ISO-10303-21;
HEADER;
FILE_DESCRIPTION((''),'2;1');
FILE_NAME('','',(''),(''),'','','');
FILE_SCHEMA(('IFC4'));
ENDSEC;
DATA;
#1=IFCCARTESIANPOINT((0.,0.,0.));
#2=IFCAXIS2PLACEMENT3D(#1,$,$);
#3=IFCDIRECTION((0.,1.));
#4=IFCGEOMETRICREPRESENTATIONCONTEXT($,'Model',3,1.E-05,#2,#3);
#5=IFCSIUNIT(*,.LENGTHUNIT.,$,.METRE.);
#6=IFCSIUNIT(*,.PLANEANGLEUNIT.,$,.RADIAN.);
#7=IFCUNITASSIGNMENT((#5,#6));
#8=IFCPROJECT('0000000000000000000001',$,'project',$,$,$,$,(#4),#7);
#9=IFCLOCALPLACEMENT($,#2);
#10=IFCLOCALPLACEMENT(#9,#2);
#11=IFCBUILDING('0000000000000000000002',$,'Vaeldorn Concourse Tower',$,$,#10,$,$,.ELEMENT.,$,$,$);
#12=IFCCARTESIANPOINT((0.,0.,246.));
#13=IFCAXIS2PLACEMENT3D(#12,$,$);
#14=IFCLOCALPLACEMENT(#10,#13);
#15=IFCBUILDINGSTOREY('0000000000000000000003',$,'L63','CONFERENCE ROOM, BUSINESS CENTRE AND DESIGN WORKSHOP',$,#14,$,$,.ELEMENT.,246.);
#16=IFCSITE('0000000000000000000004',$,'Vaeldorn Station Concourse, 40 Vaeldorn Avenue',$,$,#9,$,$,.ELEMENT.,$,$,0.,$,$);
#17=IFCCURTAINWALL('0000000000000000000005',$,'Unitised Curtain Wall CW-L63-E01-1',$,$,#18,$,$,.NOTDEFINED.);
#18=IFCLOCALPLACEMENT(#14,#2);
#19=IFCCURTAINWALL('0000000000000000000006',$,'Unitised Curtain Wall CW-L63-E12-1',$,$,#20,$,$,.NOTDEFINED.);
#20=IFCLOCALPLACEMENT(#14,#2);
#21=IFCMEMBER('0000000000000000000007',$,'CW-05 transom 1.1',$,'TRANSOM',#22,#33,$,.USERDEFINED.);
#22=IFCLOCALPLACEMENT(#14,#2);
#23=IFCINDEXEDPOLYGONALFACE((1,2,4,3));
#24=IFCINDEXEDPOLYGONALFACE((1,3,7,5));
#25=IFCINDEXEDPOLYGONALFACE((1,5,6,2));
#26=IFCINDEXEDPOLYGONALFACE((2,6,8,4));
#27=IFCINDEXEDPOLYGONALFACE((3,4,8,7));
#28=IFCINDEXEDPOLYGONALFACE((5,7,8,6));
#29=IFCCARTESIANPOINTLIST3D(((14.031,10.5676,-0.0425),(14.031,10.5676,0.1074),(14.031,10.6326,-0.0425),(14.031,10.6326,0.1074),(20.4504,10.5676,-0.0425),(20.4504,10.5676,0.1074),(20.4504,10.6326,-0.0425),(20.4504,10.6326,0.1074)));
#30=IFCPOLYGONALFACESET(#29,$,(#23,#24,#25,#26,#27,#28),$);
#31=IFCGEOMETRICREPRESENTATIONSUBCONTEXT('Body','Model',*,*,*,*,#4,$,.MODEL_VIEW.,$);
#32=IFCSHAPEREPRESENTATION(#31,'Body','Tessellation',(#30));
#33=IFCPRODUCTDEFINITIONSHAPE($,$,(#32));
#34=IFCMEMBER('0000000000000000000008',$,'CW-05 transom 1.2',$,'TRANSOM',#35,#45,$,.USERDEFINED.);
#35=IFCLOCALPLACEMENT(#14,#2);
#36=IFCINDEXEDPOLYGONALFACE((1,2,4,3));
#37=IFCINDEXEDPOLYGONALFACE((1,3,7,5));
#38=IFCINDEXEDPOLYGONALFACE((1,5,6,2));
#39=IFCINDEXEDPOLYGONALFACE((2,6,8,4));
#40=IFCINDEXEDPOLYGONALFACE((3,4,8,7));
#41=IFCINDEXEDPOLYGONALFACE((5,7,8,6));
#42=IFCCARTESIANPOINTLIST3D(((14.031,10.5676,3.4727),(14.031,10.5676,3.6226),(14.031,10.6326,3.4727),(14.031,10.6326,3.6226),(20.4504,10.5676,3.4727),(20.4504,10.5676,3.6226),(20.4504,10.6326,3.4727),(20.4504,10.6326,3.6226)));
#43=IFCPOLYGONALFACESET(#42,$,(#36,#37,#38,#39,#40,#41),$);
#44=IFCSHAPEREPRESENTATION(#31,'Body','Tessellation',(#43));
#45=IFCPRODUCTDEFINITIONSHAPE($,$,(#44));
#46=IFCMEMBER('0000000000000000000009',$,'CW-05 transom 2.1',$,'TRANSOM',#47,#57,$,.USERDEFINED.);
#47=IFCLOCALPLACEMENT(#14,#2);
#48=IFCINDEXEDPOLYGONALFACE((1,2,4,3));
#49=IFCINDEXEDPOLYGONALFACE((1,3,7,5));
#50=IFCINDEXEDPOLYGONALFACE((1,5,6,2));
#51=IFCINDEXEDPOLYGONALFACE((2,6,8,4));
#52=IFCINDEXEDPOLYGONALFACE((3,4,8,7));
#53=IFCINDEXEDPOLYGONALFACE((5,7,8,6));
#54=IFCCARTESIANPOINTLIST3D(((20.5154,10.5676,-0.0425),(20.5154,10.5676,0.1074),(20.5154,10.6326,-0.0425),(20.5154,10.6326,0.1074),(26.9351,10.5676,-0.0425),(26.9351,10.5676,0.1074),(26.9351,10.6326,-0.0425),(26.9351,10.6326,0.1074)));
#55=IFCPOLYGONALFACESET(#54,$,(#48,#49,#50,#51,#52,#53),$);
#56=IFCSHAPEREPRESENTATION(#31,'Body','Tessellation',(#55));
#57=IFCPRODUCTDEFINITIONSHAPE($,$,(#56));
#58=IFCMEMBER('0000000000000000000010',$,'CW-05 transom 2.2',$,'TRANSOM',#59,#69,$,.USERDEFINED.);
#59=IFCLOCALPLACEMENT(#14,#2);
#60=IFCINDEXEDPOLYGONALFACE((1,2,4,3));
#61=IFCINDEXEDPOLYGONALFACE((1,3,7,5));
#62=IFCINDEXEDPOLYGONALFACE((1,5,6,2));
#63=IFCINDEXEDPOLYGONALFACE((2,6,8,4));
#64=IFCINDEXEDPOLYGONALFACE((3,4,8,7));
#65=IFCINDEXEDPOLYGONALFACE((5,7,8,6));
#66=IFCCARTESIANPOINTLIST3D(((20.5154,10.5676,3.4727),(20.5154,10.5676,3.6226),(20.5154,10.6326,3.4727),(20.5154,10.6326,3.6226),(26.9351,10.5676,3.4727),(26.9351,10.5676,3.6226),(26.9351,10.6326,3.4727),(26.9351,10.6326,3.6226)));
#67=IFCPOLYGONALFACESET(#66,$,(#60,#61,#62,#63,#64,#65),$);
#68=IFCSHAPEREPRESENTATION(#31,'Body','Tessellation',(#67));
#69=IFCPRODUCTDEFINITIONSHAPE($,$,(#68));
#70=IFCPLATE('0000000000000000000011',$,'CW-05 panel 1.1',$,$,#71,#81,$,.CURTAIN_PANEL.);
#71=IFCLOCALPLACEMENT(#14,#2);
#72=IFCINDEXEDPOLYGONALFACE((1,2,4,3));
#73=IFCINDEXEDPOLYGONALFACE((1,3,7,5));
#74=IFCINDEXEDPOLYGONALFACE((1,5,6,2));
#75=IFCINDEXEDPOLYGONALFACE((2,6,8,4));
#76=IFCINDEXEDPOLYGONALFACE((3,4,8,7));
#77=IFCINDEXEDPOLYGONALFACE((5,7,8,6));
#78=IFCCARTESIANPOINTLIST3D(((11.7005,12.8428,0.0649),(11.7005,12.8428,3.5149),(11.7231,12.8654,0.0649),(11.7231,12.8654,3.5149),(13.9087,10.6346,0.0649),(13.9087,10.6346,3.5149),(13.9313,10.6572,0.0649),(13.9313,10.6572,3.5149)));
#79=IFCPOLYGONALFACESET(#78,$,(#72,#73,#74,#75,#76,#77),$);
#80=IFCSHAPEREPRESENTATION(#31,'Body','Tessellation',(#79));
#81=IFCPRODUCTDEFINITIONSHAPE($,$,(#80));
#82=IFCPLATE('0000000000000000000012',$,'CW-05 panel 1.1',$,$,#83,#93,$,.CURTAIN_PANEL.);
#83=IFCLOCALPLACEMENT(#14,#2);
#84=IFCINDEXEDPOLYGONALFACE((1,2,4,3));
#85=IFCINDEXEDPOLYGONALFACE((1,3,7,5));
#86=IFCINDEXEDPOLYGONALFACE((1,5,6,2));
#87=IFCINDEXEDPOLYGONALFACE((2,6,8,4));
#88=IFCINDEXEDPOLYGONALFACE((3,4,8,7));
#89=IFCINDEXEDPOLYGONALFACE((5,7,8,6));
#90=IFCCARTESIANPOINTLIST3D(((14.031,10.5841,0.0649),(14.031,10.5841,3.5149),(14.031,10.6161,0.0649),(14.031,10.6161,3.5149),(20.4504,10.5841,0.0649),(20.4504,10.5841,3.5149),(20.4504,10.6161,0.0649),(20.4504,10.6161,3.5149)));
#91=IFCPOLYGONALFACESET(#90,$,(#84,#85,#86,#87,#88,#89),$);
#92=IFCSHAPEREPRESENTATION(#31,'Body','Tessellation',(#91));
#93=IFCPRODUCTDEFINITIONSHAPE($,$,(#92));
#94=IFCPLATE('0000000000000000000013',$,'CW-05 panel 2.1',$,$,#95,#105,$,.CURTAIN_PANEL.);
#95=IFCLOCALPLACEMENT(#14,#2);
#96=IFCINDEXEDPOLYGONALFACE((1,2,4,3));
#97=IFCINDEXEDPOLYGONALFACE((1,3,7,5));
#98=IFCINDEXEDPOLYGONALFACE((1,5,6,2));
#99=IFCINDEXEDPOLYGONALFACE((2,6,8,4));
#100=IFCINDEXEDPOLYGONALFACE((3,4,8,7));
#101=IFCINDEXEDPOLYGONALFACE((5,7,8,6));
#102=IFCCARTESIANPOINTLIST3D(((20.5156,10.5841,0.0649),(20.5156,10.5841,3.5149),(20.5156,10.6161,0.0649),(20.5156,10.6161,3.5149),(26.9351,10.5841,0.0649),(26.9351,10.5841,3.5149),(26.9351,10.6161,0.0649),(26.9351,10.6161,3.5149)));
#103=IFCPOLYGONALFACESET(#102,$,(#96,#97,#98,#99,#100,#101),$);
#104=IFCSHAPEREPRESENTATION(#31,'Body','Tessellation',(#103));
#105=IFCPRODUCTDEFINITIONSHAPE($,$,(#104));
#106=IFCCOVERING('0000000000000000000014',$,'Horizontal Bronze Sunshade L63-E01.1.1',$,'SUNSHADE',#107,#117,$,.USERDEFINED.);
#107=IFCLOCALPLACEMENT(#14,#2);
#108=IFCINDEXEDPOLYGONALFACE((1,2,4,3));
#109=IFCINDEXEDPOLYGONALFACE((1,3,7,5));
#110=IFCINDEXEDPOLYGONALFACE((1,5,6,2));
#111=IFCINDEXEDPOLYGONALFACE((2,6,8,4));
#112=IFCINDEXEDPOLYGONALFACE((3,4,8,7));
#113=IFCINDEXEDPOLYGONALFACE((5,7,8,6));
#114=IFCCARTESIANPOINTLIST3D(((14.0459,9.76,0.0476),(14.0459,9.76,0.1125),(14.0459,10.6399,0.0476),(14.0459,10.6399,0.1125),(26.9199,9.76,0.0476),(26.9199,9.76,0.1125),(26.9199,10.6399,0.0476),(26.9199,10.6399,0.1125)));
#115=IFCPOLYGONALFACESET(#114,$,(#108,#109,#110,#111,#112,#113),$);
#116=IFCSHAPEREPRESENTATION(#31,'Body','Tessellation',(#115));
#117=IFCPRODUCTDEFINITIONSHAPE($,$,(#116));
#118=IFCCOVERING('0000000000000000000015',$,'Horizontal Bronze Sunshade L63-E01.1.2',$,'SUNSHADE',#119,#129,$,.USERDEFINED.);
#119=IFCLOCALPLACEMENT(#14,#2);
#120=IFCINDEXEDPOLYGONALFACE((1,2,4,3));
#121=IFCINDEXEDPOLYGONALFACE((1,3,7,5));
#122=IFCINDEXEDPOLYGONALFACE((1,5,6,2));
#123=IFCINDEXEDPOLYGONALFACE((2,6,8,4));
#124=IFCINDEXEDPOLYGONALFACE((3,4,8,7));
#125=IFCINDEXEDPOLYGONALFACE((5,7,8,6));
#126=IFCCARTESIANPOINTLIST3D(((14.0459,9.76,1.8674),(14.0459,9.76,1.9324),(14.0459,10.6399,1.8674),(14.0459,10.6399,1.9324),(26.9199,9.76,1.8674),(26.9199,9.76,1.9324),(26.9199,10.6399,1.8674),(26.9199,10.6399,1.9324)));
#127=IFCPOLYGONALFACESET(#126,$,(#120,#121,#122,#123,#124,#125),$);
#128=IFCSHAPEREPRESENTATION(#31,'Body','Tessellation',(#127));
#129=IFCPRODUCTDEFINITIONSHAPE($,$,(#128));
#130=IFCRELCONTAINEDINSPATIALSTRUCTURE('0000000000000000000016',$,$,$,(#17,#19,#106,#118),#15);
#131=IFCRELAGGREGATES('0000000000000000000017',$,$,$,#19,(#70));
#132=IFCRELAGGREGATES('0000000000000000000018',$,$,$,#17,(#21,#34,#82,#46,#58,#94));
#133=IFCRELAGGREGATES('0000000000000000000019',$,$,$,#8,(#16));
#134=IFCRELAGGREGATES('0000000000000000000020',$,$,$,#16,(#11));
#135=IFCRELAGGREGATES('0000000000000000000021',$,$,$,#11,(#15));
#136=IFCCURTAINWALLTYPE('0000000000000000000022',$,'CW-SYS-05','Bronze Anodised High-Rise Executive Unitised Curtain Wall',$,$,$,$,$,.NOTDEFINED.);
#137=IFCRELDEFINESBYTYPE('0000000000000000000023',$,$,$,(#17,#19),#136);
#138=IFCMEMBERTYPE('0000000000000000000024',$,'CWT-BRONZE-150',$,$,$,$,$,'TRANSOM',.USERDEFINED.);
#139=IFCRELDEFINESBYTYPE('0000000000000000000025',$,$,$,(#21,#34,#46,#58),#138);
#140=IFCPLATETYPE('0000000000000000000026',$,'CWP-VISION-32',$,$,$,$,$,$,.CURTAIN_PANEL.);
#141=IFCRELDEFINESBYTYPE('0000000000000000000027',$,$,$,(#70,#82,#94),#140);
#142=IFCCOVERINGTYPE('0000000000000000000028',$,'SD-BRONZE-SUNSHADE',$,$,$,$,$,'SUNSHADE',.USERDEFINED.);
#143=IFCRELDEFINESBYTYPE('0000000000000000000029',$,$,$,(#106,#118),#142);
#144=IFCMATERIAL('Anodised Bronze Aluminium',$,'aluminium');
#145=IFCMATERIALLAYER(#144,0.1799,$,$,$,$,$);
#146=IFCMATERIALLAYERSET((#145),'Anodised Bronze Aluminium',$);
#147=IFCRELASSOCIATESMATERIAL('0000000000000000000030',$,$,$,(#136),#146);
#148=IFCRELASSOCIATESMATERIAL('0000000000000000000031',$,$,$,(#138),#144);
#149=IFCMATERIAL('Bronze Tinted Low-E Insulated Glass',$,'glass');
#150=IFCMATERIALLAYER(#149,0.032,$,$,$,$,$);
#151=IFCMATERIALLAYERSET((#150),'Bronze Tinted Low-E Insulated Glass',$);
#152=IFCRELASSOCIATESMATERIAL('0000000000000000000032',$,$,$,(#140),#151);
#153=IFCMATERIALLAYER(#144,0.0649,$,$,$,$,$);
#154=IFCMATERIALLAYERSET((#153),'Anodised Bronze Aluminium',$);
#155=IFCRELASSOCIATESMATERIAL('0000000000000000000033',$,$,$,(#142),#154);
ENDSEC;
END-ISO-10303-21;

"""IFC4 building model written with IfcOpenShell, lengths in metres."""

from ifc_helpers import new_model, si_unit, direction, frame, origin, origin_2d, place, context, subcontext, project, spatial, rectangle, extrude, source, transform, mapped, material, layer, layer_set, material_profile, profile_set, type_object, element, aggregate, save


model = new_model("IFC4")

# Units and contexts
model_context = context("Model", 3, precision=1e-05, world=origin(), true_north=direction((0.0, 1.0)))
body_context = subcontext(model_context, "Body", "Model", "MODEL_VIEW")
ifc_project = project(units=[si_unit("LENGTHUNIT", "METRE"), si_unit("PLANEANGLEUNIT", "RADIAN")], contexts=[model_context])

# Site, building, storey
site_placement = place(None, origin())
site = spatial("IfcSite", under=ifc_project, at=site_placement, Name="Vaeldorn Station Concourse, 40 Vaeldorn Avenue", CompositionType="ELEMENT", RefElevation=0.0)
building_placement = place(site_placement, origin())
building = spatial("IfcBuilding", under=site, at=building_placement, Name="Vaeldorn Concourse Tower", CompositionType="ELEMENT")
storey_placement = place(building_placement, frame((0.0, 0.0, 246.0)))
storey = spatial("IfcBuildingStorey", under=building, at=storey_placement, Name="L63", Description="CONFERENCE ROOM, BUSINESS CENTRE AND DESIGN WORKSHOP", CompositionType="ELEMENT", Elevation=246.0)

# Curtain wall
ifc_material_1 = material(Name="Anodised Bronze Aluminium", Category="aluminium")
ifc_layer_1 = layer(ifc_material_1, 0.1799)
ifc_layer_set_1 = layer_set([ifc_layer_1], Name="Anodised Bronze Aluminium")
curtain_wall_type = type_object("IfcCurtainWallType", Name="CW-SYS-05", Description="Bronze Anodised High-Rise Executive Unitised Curtain Wall", PredefinedType="NOTDEFINED", material=ifc_layer_set_1)
ifc_material_profile_1 = material_profile(ifc_material_1, rectangle(XDim=0.0649, YDim=0.1499, at=origin_2d()), Name="CWT 65x150")
ifc_profile_set_1 = profile_set([ifc_material_profile_1], Name="Anodised Bronze Aluminium")
member_type_1 = type_object("IfcMemberType", Name="CWT-BRONZE-150", ElementType="TRANSOM", PredefinedType="USERDEFINED", material=ifc_profile_set_1)
curtain_wall_1_placement = place(storey_placement, origin())
curtain_wall_1 = element("IfcCurtainWall", 1, at=curtain_wall_1_placement, inside=storey, type_object=curtain_wall_type, Name="Unitised Curtain Wall CW-L63-E01-1", PredefinedType="NOTDEFINED")

# Curtain wall
curtain_wall_2_placement = place(storey_placement, origin())
curtain_wall_2 = element("IfcCurtainWall", 2, at=curtain_wall_2_placement, inside=storey, type_object=curtain_wall_type, Name="Unitised Curtain Wall CW-L63-E12-1", PredefinedType="NOTDEFINED")

# Members
shared_shape_1 = source(origin(), body_context, "Body", "SweptSolid", [
    extrude(rectangle(XDim=0.0649, YDim=0.1499, at=origin_2d()), origin(), (0.0, 0.0, 1.0), 6.4194),
])
member_1_placement = place(storey_placement, frame((14.031, 10.6001, 0.0325), z_axis=(1.0, 0.0, 0.0), x_axis=(0.0, 1.0, 0.0)))
member_1 = element("IfcMember", 3, at=member_1_placement, type_object=member_type_1, Name="CW-05 transom 1.1", ObjectType="TRANSOM", PredefinedType="USERDEFINED", context=body_context, shape_type="MappedRepresentation", body=[
    mapped(shared_shape_1, transform((0.0, 0.0, 0.0), scale=1.0)),
])
member_2_placement = place(storey_placement, frame((14.031, 10.6001, 3.5476), z_axis=(1.0, 0.0, 0.0), x_axis=(0.0, 1.0, 0.0)))
member_2 = element("IfcMember", 4, at=member_2_placement, type_object=member_type_1, Name="CW-05 transom 1.2", ObjectType="TRANSOM", PredefinedType="USERDEFINED", context=body_context, shape_type="MappedRepresentation", body=[
    mapped(shared_shape_1, transform((0.0, 0.0, 0.0), scale=1.0)),
])
shared_shape_2 = source(origin(), body_context, "Body", "SweptSolid", [
    extrude(rectangle(XDim=0.0649, YDim=0.1499, at=origin_2d()), origin(), (0.0, 0.0, 1.0), 6.4197),
])
member_3_placement = place(storey_placement, frame((20.5154, 10.6001, 0.0325), z_axis=(1.0, 0.0, 0.0), x_axis=(0.0, 1.0, 0.0)))
member_3 = element("IfcMember", 5, at=member_3_placement, type_object=member_type_1, Name="CW-05 transom 2.1", ObjectType="TRANSOM", PredefinedType="USERDEFINED", context=body_context, shape_type="MappedRepresentation", body=[
    mapped(shared_shape_2, transform((0.0, 0.0, 0.0), scale=1.0)),
])
member_4_placement = place(storey_placement, frame((20.5154, 10.6001, 3.5476), z_axis=(1.0, 0.0, 0.0), x_axis=(0.0, 1.0, 0.0)))
member_4 = element("IfcMember", 6, at=member_4_placement, type_object=member_type_1, Name="CW-05 transom 2.2", ObjectType="TRANSOM", PredefinedType="USERDEFINED", context=body_context, shape_type="MappedRepresentation", body=[
    mapped(shared_shape_2, transform((0.0, 0.0, 0.0), scale=1.0)),
])

# Plates
ifc_material_2 = material(Name="Bronze Tinted Low-E Insulated Glass", Category="glass")
ifc_layer_2 = layer(ifc_material_2, 0.032)
ifc_layer_set_2 = layer_set([ifc_layer_2], Name="Bronze Tinted Low-E Insulated Glass")
plate_type = type_object("IfcPlateType", Name="CWP-VISION-32", PredefinedType="CURTAIN_PANEL", material=ifc_layer_set_2)
shared_shape_3 = source(origin(), body_context, "Body", "SweptSolid", [
    extrude(rectangle(XDim=3.1228, YDim=0.032, at=origin_2d()), origin(), (0.0, 0.0, 1.0), 3.45),
])
plate_1_placement = place(storey_placement, frame((12.8159, 11.75, 0.0649), z_axis=(0.0, 0.0, 1.0), x_axis=(0.707107, -0.707107, 0.0)))
plate_1 = element("IfcPlate", 7, at=plate_1_placement, type_object=plate_type, Name="CW-05 panel 1.1", PredefinedType="CURTAIN_PANEL", context=body_context, shape_type="MappedRepresentation", body=[
    mapped(shared_shape_3, transform((0.0, 0.0, 0.0), scale=1.0)),
])
aggregate(curtain_wall_2, [plate_1])
shared_shape_4 = source(origin(), body_context, "Body", "SweptSolid", [
    extrude(rectangle(XDim=6.4194, YDim=0.032, at=origin_2d()), origin(), (0.0, 0.0, 1.0), 3.45),
])
plate_2_placement = place(storey_placement, frame((17.2407, 10.6001, 0.0649), z_axis=(0.0, 0.0, 1.0), x_axis=(1.0, 0.0, 0.0)))
plate_2 = element("IfcPlate", 8, at=plate_2_placement, type_object=plate_type, Name="CW-05 panel 1.1", PredefinedType="CURTAIN_PANEL", context=body_context, shape_type="MappedRepresentation", body=[
    mapped(shared_shape_4, transform((0.0, 0.0, 0.0), scale=1.0)),
])
plate_3_placement = place(storey_placement, frame((23.7253, 10.6001, 0.0649), z_axis=(0.0, 0.0, 1.0), x_axis=(1.0, 0.0, 0.0)))
plate_3 = element("IfcPlate", 9, at=plate_3_placement, type_object=plate_type, Name="CW-05 panel 2.1", PredefinedType="CURTAIN_PANEL", context=body_context, shape_type="MappedRepresentation", body=[
    mapped(shared_shape_4, transform((0.0, 0.0, 0.0), scale=1.0)),
])
aggregate(curtain_wall_1, [member_1, member_2, plate_2, member_3, member_4, plate_3])

# Coverings
ifc_layer_3 = layer(ifc_material_1, 0.0649)
ifc_layer_set_3 = layer_set([ifc_layer_3], Name="Anodised Bronze Aluminium")
covering_type = type_object("IfcCoveringType", Name="SD-BRONZE-SUNSHADE", ElementType="SUNSHADE", PredefinedType="USERDEFINED", material=ifc_layer_set_3)
shared_shape_5 = source(origin(), body_context, "Body", "SweptSolid", [
    extrude(rectangle(XDim=12.874, YDim=0.8799, at=origin_2d()), origin(), (0.0, 0.0, 1.0), 0.0649),
])
for number, where, z_axis, x_axis, name in (
    (10, (20.4829, 10.2, 0.0476), (0.0, 0.0, 1.0), (1.0, 0.0, 0.0), "Horizontal Bronze Sunshade L63-E01.1.1"),
    (11, (20.4829, 10.2, 1.8674), (0.0, 0.0, 1.0), (1.0, 0.0, 0.0), "Horizontal Bronze Sunshade L63-E01.1.2"),
):
    element("IfcCovering", number, at=place(storey_placement, frame(where, z_axis=z_axis, x_axis=x_axis)), inside=storey, type_object=covering_type, Name=name, ObjectType="SUNSHADE", PredefinedType="USERDEFINED", context=body_context, shape_type="MappedRepresentation", body=[
        mapped(shared_shape_5, transform((0.0, 0.0, 0.0), scale=1.0)),
    ])

save(model, "model.ifc")
